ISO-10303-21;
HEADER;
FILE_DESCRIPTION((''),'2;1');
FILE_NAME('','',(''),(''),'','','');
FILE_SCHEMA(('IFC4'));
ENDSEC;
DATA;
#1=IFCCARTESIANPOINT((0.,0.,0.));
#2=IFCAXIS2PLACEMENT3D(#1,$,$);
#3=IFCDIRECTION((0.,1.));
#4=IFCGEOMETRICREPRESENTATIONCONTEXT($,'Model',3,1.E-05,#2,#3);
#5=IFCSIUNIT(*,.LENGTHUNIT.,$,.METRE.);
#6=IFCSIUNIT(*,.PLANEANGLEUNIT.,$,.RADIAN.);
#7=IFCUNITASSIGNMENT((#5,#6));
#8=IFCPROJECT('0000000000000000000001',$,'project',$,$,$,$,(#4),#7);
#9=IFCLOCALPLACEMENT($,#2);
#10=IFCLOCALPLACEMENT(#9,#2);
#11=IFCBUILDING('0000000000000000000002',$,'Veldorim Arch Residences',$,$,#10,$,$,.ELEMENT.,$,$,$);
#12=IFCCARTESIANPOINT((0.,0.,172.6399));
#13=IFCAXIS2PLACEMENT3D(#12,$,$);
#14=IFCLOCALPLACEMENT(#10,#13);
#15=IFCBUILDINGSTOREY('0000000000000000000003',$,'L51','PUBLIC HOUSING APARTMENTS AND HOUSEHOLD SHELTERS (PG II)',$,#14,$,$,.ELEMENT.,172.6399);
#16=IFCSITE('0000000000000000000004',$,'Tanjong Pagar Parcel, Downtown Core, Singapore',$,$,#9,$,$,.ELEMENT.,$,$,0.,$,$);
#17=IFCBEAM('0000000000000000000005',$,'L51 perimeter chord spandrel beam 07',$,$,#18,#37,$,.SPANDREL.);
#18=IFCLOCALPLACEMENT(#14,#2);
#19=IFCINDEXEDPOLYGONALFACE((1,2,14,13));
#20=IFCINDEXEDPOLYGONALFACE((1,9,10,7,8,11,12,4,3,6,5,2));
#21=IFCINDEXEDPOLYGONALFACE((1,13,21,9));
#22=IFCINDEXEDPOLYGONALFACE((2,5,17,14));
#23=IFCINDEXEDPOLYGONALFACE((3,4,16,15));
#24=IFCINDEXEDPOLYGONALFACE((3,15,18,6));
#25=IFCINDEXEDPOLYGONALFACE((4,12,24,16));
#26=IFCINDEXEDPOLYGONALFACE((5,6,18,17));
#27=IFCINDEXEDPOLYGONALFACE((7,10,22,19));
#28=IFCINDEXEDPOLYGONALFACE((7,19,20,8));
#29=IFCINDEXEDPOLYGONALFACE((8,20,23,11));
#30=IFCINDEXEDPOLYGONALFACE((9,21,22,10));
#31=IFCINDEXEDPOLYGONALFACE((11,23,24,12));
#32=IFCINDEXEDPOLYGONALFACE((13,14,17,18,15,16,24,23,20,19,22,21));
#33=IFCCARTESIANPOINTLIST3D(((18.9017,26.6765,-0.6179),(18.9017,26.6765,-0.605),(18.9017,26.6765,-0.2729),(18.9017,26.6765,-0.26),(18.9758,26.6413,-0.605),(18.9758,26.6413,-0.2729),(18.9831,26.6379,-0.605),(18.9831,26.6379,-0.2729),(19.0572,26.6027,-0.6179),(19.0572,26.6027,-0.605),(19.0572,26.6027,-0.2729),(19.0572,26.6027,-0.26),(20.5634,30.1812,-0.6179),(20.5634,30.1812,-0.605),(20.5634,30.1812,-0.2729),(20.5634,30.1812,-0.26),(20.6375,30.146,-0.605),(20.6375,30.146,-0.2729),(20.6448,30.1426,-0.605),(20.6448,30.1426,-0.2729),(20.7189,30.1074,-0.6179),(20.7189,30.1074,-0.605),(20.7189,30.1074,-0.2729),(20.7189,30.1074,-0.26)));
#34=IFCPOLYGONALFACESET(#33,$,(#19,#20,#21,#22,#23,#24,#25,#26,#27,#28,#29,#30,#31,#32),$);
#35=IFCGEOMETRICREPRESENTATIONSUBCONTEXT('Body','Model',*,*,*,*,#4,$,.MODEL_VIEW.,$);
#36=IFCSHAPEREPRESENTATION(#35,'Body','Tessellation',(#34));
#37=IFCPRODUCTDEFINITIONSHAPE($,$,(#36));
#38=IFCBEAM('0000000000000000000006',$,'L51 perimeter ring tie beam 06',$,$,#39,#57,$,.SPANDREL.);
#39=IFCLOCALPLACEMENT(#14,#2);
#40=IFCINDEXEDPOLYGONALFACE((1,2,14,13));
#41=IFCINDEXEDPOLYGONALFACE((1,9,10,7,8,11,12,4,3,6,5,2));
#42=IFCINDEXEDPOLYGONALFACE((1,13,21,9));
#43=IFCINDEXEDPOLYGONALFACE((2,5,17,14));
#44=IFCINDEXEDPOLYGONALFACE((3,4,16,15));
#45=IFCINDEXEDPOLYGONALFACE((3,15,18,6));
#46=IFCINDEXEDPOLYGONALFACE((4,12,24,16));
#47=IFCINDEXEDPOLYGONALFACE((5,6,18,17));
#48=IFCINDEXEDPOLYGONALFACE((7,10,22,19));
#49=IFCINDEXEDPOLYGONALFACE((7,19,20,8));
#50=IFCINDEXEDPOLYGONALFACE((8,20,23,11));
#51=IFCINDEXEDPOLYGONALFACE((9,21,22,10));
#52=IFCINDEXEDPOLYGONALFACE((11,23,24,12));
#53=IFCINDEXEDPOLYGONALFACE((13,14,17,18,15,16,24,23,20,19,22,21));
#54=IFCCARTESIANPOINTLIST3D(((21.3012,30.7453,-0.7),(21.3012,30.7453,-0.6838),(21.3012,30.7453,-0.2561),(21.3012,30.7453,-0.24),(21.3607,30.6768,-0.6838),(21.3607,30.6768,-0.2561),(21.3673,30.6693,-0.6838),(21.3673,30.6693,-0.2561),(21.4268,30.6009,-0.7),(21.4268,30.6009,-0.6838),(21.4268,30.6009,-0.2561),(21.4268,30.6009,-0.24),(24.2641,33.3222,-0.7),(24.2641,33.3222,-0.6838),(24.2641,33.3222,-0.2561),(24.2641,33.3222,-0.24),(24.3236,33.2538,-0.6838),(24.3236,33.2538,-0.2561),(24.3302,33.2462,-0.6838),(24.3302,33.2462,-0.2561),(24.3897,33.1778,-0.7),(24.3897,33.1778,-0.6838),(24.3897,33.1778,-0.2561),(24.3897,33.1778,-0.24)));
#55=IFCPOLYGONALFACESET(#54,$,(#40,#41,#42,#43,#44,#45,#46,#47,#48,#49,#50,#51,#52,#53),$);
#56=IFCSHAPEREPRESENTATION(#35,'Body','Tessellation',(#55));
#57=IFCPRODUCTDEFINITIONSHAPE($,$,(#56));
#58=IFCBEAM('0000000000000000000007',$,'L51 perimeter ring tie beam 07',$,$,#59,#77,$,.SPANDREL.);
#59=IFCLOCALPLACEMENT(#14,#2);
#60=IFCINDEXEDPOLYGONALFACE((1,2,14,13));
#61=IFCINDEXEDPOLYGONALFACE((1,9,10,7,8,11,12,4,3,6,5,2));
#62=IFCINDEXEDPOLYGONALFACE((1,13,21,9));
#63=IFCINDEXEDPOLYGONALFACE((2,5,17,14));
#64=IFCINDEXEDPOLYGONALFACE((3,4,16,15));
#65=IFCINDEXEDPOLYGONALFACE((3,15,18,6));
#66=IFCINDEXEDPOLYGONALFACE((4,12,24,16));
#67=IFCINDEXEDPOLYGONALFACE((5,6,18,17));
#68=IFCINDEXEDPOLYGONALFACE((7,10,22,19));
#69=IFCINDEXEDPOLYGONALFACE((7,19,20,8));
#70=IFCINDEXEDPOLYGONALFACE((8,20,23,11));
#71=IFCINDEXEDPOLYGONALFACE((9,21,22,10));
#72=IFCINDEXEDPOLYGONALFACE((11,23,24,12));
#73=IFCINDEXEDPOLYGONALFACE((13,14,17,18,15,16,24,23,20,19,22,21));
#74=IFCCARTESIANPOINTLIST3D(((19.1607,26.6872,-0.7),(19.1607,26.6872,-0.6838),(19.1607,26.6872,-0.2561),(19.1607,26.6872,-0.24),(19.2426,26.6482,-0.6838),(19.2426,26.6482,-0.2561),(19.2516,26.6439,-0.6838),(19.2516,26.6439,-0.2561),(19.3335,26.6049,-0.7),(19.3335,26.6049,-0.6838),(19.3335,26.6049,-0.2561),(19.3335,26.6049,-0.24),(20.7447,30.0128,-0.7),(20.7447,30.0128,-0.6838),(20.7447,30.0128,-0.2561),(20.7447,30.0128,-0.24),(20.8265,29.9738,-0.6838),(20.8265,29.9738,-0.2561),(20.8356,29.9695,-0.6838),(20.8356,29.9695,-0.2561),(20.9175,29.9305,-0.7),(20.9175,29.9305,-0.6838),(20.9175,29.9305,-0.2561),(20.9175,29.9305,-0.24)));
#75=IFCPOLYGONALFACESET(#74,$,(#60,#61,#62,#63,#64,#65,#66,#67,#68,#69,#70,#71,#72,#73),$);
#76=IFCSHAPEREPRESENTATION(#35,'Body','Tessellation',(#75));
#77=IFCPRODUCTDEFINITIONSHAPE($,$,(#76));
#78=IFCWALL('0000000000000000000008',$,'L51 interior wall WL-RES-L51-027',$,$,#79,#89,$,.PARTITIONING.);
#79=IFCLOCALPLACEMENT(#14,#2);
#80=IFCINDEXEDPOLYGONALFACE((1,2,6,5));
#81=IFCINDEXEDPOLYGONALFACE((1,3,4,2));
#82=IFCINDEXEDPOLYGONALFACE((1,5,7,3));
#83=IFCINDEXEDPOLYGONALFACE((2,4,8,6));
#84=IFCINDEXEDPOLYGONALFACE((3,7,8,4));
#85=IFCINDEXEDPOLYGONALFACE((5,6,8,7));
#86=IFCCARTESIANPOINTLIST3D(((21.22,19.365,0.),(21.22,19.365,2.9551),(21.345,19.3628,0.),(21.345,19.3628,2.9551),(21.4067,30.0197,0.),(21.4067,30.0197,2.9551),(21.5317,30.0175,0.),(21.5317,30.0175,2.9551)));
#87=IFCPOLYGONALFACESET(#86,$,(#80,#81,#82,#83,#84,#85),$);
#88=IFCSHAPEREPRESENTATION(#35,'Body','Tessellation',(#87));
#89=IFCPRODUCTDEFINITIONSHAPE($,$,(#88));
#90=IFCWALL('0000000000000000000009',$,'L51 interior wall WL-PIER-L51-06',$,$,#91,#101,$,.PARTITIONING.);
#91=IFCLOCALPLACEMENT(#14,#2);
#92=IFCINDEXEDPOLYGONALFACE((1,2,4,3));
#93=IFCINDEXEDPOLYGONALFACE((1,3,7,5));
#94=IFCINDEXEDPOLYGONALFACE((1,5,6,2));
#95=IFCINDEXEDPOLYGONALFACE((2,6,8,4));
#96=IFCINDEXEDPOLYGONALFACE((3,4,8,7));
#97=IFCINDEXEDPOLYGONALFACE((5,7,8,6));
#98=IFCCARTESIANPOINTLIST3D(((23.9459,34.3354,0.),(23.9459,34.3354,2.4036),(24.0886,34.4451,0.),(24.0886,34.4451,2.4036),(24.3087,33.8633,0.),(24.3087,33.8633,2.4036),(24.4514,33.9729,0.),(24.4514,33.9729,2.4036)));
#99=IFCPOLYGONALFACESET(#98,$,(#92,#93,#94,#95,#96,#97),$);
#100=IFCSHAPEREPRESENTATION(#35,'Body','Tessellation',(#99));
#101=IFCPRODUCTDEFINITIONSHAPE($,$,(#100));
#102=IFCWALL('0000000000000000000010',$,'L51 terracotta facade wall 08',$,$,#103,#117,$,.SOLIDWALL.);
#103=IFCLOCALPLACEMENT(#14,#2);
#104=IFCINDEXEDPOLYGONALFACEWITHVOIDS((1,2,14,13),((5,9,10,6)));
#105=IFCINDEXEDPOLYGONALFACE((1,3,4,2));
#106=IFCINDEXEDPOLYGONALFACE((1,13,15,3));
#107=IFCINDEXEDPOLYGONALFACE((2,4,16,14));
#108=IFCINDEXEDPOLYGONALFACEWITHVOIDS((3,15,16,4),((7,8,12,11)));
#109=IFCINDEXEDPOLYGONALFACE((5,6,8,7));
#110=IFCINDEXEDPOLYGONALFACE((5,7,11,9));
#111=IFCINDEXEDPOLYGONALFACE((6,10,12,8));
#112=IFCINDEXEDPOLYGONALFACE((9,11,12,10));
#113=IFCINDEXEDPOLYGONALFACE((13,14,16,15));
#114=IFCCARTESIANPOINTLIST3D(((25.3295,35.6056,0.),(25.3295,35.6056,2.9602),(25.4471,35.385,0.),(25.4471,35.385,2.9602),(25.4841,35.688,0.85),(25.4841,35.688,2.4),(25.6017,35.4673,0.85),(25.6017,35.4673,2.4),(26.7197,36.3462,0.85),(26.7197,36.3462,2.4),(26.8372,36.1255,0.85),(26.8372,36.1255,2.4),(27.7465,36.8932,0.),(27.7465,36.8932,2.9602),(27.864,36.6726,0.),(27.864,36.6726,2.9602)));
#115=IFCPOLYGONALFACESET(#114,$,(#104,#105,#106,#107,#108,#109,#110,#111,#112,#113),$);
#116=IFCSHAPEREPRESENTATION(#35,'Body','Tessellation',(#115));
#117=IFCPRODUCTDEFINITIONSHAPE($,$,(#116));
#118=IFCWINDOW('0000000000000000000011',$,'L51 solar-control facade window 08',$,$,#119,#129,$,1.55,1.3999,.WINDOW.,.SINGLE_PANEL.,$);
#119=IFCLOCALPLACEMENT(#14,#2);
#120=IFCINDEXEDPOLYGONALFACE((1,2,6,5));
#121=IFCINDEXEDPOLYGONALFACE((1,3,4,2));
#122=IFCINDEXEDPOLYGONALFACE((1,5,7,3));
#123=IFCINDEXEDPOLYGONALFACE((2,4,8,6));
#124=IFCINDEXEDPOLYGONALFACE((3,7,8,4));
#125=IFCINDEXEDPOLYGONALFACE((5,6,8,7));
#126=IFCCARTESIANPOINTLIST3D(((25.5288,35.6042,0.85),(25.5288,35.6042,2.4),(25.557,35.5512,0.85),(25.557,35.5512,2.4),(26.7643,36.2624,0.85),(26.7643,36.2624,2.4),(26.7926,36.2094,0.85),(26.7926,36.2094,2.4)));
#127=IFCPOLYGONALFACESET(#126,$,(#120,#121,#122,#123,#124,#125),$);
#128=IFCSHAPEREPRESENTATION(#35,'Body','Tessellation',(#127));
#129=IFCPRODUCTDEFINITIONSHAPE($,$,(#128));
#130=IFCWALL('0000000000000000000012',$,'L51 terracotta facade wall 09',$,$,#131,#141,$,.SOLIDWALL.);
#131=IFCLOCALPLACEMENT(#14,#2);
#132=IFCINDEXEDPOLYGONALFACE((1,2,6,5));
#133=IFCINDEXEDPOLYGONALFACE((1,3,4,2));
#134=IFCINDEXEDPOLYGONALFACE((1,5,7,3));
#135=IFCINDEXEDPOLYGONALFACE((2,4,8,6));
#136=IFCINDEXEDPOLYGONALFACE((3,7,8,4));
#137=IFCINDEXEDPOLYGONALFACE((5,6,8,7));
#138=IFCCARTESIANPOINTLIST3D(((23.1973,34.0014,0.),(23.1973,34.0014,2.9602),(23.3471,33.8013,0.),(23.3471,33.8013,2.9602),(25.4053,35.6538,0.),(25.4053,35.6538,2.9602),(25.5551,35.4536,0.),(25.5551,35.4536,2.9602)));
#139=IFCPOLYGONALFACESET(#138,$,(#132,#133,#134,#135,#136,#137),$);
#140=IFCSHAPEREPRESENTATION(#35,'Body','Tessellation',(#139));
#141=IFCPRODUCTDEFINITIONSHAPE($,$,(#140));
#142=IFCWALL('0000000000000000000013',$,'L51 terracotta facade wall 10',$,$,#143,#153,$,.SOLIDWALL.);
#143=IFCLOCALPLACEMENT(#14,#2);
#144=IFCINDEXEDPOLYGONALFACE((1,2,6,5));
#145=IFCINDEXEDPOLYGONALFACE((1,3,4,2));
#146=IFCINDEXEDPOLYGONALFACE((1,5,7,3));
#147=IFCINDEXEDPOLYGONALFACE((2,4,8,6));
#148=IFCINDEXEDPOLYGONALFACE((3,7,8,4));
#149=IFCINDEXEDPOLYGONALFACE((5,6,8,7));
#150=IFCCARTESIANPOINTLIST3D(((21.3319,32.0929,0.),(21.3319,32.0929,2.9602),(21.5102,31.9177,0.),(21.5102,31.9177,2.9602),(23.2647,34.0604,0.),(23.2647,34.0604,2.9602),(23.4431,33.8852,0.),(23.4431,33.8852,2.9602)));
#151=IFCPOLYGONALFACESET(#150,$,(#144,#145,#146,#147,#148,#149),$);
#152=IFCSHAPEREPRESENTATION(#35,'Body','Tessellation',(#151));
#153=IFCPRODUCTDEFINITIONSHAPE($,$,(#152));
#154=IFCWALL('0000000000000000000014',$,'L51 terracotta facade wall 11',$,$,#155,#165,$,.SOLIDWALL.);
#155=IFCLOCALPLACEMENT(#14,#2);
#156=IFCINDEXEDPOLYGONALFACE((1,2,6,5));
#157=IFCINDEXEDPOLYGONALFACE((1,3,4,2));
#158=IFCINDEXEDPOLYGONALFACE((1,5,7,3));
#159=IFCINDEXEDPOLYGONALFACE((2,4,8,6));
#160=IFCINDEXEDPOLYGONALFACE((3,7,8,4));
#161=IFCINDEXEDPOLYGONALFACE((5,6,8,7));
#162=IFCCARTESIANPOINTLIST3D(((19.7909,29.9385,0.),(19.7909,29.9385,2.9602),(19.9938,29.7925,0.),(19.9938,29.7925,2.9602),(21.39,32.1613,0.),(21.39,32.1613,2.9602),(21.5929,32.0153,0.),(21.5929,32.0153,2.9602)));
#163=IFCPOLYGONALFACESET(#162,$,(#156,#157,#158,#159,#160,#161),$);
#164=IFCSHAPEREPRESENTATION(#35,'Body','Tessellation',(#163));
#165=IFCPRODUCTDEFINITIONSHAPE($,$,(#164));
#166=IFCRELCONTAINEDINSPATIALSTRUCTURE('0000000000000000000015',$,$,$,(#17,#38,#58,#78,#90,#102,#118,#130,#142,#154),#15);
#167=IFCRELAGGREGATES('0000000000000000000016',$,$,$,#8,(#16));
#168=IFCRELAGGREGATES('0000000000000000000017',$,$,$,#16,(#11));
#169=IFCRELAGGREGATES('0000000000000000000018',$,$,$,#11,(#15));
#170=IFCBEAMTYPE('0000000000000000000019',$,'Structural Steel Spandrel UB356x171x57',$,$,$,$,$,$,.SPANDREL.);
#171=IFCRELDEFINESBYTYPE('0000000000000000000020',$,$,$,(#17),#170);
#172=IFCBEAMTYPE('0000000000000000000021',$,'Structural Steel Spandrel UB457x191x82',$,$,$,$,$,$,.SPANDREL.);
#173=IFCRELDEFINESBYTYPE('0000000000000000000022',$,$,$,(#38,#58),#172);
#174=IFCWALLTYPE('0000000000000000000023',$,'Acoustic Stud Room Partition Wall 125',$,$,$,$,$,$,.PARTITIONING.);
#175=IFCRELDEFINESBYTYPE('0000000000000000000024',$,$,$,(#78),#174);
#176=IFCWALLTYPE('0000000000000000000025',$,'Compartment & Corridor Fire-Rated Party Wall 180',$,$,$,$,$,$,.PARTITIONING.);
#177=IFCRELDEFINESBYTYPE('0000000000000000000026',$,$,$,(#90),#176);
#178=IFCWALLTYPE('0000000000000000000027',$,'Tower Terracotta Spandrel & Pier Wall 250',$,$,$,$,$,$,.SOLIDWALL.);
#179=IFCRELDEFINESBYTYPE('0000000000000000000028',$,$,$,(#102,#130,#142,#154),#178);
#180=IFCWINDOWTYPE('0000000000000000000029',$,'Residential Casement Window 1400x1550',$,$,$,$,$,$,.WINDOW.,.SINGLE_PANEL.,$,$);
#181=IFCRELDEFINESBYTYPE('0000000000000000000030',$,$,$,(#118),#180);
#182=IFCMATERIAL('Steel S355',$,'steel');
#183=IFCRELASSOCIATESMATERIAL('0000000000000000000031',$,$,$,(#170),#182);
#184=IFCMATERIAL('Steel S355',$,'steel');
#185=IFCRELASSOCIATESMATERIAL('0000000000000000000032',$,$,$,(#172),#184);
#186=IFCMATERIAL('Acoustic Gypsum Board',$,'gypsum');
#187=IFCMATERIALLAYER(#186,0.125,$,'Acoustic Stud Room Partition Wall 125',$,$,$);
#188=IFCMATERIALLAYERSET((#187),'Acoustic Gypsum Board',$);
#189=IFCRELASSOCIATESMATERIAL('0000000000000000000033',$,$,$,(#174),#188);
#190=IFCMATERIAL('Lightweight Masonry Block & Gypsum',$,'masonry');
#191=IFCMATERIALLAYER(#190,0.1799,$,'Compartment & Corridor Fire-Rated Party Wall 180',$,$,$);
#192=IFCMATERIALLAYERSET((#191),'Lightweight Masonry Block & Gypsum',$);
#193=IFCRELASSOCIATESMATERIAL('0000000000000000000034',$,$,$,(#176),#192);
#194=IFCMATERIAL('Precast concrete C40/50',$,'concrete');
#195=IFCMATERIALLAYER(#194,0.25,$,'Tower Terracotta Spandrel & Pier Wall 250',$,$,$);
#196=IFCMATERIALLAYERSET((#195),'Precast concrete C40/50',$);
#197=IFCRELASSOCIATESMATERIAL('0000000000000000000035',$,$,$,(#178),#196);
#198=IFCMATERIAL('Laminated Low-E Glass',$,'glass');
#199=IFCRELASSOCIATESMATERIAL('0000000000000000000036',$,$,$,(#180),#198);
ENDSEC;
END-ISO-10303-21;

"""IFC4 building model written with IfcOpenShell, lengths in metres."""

from ifc_helpers import new_model, si_unit, direction, frame, frame_2d, origin, origin_2d, place, context, subcontext, project, spatial, rectangle, i_section, extrude, material, layer, layer_set, material_profile, profile_set, type_object, element, fill, save


model = new_model("IFC4")

# Units and contexts
model_context = context("Model", 3, precision=1e-05, world=origin(), true_north=direction((0.0, 1.0)))
body_context = subcontext(model_context, "Body", "Model", "MODEL_VIEW")
ifc_project = project(units=[si_unit("LENGTHUNIT", "METRE"), si_unit("PLANEANGLEUNIT", "RADIAN")], contexts=[model_context])

# Site, building, storey
site_placement = place(None, origin())
site = spatial("IfcSite", under=ifc_project, at=site_placement, Name="Tanjong Pagar Parcel, Downtown Core, Singapore", CompositionType="ELEMENT", RefElevation=0.0)
building_placement = place(site_placement, origin())
building = spatial("IfcBuilding", under=site, at=building_placement, Name="Veldorim Arch Residences", CompositionType="ELEMENT")
storey_placement = place(building_placement, frame((0.0, 0.0, 172.6399)))
storey = spatial("IfcBuildingStorey", under=building, at=storey_placement, Name="L51", Description="PUBLIC HOUSING APARTMENTS AND HOUSEHOLD SHELTERS (PG II)", CompositionType="ELEMENT", Elevation=172.6399)

# Beams
ifc_material_1 = material(Name="Steel S355", Category="steel")
ifc_material_profile_1 = material_profile(ifc_material_1, i_section(OverallWidth=0.1721, OverallDepth=0.3579, WebThickness=0.0081, FlangeThickness=0.0129, at=origin_2d()), Name="UB356x171x57")
ifc_profile_set_1 = profile_set([ifc_material_profile_1], Name="Steel S355")
beam_type_1 = type_object("IfcBeamType", Name="Structural Steel Spandrel UB356x171x57", PredefinedType="SPANDREL", material=ifc_profile_set_1)
beam_1_placement = place(storey_placement, frame((20.6411, 30.1443, -0.439), z_axis=(-0.428408, -0.903585, 0.0), x_axis=(0.903585, -0.428408, 0.0)))
element("IfcBeam", 1, at=beam_1_placement, inside=storey, type_object=beam_type_1, Name="L51 perimeter chord spandrel beam 07", PredefinedType="SPANDREL", context=body_context, shape_type="SweptSolid", body=[
    extrude(i_section(OverallWidth=0.1721, OverallDepth=0.3579, WebThickness=0.0081, FlangeThickness=0.0129, at=origin_2d()), origin(), (0.0, 0.0, 1.0), 3.8787),
])
ifc_material_2 = material(Name="Steel S355", Category="steel")
ifc_material_profile_2 = material_profile(ifc_material_2, i_section(OverallWidth=0.1914, OverallDepth=0.46, WebThickness=0.01, FlangeThickness=0.0161, at=origin_2d()), Name="UB457x191x82")
ifc_profile_set_2 = profile_set([ifc_material_profile_2], Name="Steel S355")
beam_type_2 = type_object("IfcBeamType", Name="Structural Steel Spandrel UB457x191x82", PredefinedType="SPANDREL", material=ifc_profile_set_2)
beam_2_placement = place(storey_placement, frame((24.3269, 33.25, -0.47), z_axis=(-0.754545, -0.656248, 0.0), x_axis=(0.656248, -0.754545, 0.0)))
element("IfcBeam", 2, at=beam_2_placement, inside=storey, type_object=beam_type_2, Name="L51 perimeter ring tie beam 06", PredefinedType="SPANDREL", context=body_context, shape_type="SweptSolid", body=[
    extrude(i_section(OverallWidth=0.1914, OverallDepth=0.46, WebThickness=0.01, FlangeThickness=0.0161, at=origin_2d()), origin(), (0.0, 0.0, 1.0), 3.9268),
])
beam_3_placement = place(storey_placement, frame((20.8311, 29.9717, -0.47), z_axis=(-0.430006, -0.902826, 0.0), x_axis=(0.902826, -0.430006, 0.0)))
element("IfcBeam", 3, at=beam_3_placement, inside=storey, type_object=beam_type_2, Name="L51 perimeter ring tie beam 07", PredefinedType="SPANDREL", context=body_context, shape_type="SweptSolid", body=[
    extrude(i_section(OverallWidth=0.1914, OverallDepth=0.46, WebThickness=0.01, FlangeThickness=0.0161, at=origin_2d()), origin(), (0.0, 0.0, 1.0), 3.6836),
])

# Walls
ifc_material_3 = material(Name="Acoustic Gypsum Board", Category="gypsum")
ifc_layer_1 = layer(ifc_material_3, 0.125, Name="Acoustic Stud Room Partition Wall 125")
ifc_layer_set_1 = layer_set([ifc_layer_1], Name="Acoustic Gypsum Board")
wall_type_1 = type_object("IfcWallType", Name="Acoustic Stud Room Partition Wall 125", PredefinedType="PARTITIONING", material=ifc_layer_set_1)
wall_1_placement = place(storey_placement, frame((21.4692, 30.0186, 0.0), z_axis=(0.0, 0.0, 1.0), x_axis=(-0.017527, -0.999846, 0.0)))
element("IfcWall", 4, at=wall_1_placement, inside=storey, type_object=wall_type_1, Name="L51 interior wall WL-RES-L51-027", PredefinedType="PARTITIONING", context=body_context, shape_type="SweptSolid", body=[
    extrude(rectangle(XDim=10.6562, YDim=0.125, at=frame_2d((5.3281, 0.0))), origin(), (0.0, 0.0, 1.0), 2.9551),
])
ifc_material_4 = material(Name="Lightweight Masonry Block & Gypsum", Category="masonry")
ifc_layer_2 = layer(ifc_material_4, 0.1799, Name="Compartment & Corridor Fire-Rated Party Wall 180")
ifc_layer_set_2 = layer_set([ifc_layer_2], Name="Lightweight Masonry Block & Gypsum")
wall_type_2 = type_object("IfcWallType", Name="Compartment & Corridor Fire-Rated Party Wall 180", PredefinedType="PARTITIONING", material=ifc_layer_set_2)
wall_2_placement = place(storey_placement, frame((24.3801, 33.918, 0.0), z_axis=(0.0, 0.0, 1.0), x_axis=(-0.609275, 0.792959, 0.0)))
element("IfcWall", 5, at=wall_2_placement, inside=storey, type_object=wall_type_2, Name="L51 interior wall WL-PIER-L51-06", PredefinedType="PARTITIONING", context=body_context, shape_type="SweptSolid", body=[
    extrude(rectangle(XDim=0.5955, YDim=0.1799, at=frame_2d((0.2979, 0.0))), origin(), (0.0, 0.0, 1.0), 2.4036),
])

# Wall, opening, window
ifc_material_5 = material(Name="Precast concrete C40/50", Category="concrete")
ifc_layer_3 = layer(ifc_material_5, 0.25, Name="Tower Terracotta Spandrel & Pier Wall 250")
ifc_layer_set_3 = layer_set([ifc_layer_3], Name="Precast concrete C40/50")
wall_type_3 = type_object("IfcWallType", Name="Tower Terracotta Spandrel & Pier Wall 250", PredefinedType="SOLIDWALL", material=ifc_layer_set_3)
wall_3_placement = place(storey_placement, frame((25.3884, 35.4954, 0.0), z_axis=(0.0, 0.0, 1.0), x_axis=(0.882575, 0.470172, 0.0)))
wall_3 = element("IfcWall", 6, at=wall_3_placement, inside=storey, type_object=wall_type_3, Name="L51 terracotta facade wall 08", PredefinedType="SOLIDWALL", context=body_context, shape_type="SweptSolid", body=[
    extrude(rectangle(XDim=2.7385, YDim=0.25, at=frame_2d((1.3691, 0.0))), origin(), (0.0, 0.0, 1.0), 2.9602),
])
opening_1_placement = place(wall_3_placement, frame((0.175, 0.0, 0.8501)))
opening_1 = element("IfcOpeningElement", 7, at=opening_1_placement, cuts=wall_3, PredefinedType="OPENING", context=body_context, shape_type="SweptSolid", body=[
    extrude(rectangle(XDim=1.3999, YDim=1.55, at=frame_2d((0.7, 0.7749))), frame((0.0, 0.135, 0.0), z_axis=(0.0, -1.0, 0.0), x_axis=(1.0, 0.0, 0.0)), (0.0, 0.0, 1.0), 0.27),
])
ifc_material_6 = material(Name="Laminated Low-E Glass", Category="glass")
window_type = type_object("IfcWindowType", Name="Residential Casement Window 1400x1550", PartitioningType="SINGLE_PANEL", PredefinedType="WINDOW", material=ifc_material_6)
window_placement = place(opening_1_placement, origin())
window = element("IfcWindow", 8, at=window_placement, inside=storey, type_object=window_type, Name="L51 solar-control facade window 08", OverallHeight=1.55, OverallWidth=1.3999, PartitioningType="SINGLE_PANEL", PredefinedType="WINDOW", context=body_context, shape_type="SweptSolid", body=[
    extrude(rectangle(XDim=1.3999, YDim=1.55, at=frame_2d((0.7, 0.7749))), frame((0.0, 0.03, 0.0), z_axis=(0.0, -1.0, 0.0), x_axis=(1.0, 0.0, 0.0)), (0.0, 0.0, 1.0), 0.0601),
])
fill(opening_1, window)

# Walls
wall_4_placement = place(storey_placement, frame((23.2722, 33.9014, 0.0), z_axis=(0.0, 0.0, 1.0), x_axis=(0.800637, 0.59915, 0.0)))
element("IfcWall", 9, at=wall_4_placement, inside=storey, type_object=wall_type_3, Name="L51 terracotta facade wall 09", PredefinedType="SOLIDWALL", context=body_context, shape_type="SweptSolid", body=[
    extrude(rectangle(XDim=2.7578, YDim=0.25, at=frame_2d((1.3789, 0.0))), origin(), (0.0, 0.0, 1.0), 2.9602),
])
wall_5_placement = place(storey_placement, frame((21.4211, 32.0054, 0.0), z_axis=(0.0, 0.0, 1.0), x_axis=(0.700794, 0.713364, 0.0)))
element("IfcWall", 10, at=wall_5_placement, inside=storey, type_object=wall_type_3, Name="L51 terracotta facade wall 10", PredefinedType="SOLIDWALL", context=body_context, shape_type="SweptSolid", body=[
    extrude(rectangle(XDim=2.7581, YDim=0.25, at=frame_2d((1.3789, 0.0))), origin(), (0.0, 0.0, 1.0), 2.9602),
])
wall_6_placement = place(storey_placement, frame((19.8923, 29.8655, 0.0), z_axis=(0.0, 0.0, 1.0), x_axis=(0.583976, 0.811771, 0.0)))
element("IfcWall", 11, at=wall_6_placement, inside=storey, type_object=wall_type_3, Name="L51 terracotta facade wall 11", PredefinedType="SOLIDWALL", context=body_context, shape_type="SweptSolid", body=[
    extrude(rectangle(XDim=2.7383, YDim=0.25, at=frame_2d((1.3691, 0.0))), origin(), (0.0, 0.0, 1.0), 2.9602),
])

save(model, "model.ifc")
